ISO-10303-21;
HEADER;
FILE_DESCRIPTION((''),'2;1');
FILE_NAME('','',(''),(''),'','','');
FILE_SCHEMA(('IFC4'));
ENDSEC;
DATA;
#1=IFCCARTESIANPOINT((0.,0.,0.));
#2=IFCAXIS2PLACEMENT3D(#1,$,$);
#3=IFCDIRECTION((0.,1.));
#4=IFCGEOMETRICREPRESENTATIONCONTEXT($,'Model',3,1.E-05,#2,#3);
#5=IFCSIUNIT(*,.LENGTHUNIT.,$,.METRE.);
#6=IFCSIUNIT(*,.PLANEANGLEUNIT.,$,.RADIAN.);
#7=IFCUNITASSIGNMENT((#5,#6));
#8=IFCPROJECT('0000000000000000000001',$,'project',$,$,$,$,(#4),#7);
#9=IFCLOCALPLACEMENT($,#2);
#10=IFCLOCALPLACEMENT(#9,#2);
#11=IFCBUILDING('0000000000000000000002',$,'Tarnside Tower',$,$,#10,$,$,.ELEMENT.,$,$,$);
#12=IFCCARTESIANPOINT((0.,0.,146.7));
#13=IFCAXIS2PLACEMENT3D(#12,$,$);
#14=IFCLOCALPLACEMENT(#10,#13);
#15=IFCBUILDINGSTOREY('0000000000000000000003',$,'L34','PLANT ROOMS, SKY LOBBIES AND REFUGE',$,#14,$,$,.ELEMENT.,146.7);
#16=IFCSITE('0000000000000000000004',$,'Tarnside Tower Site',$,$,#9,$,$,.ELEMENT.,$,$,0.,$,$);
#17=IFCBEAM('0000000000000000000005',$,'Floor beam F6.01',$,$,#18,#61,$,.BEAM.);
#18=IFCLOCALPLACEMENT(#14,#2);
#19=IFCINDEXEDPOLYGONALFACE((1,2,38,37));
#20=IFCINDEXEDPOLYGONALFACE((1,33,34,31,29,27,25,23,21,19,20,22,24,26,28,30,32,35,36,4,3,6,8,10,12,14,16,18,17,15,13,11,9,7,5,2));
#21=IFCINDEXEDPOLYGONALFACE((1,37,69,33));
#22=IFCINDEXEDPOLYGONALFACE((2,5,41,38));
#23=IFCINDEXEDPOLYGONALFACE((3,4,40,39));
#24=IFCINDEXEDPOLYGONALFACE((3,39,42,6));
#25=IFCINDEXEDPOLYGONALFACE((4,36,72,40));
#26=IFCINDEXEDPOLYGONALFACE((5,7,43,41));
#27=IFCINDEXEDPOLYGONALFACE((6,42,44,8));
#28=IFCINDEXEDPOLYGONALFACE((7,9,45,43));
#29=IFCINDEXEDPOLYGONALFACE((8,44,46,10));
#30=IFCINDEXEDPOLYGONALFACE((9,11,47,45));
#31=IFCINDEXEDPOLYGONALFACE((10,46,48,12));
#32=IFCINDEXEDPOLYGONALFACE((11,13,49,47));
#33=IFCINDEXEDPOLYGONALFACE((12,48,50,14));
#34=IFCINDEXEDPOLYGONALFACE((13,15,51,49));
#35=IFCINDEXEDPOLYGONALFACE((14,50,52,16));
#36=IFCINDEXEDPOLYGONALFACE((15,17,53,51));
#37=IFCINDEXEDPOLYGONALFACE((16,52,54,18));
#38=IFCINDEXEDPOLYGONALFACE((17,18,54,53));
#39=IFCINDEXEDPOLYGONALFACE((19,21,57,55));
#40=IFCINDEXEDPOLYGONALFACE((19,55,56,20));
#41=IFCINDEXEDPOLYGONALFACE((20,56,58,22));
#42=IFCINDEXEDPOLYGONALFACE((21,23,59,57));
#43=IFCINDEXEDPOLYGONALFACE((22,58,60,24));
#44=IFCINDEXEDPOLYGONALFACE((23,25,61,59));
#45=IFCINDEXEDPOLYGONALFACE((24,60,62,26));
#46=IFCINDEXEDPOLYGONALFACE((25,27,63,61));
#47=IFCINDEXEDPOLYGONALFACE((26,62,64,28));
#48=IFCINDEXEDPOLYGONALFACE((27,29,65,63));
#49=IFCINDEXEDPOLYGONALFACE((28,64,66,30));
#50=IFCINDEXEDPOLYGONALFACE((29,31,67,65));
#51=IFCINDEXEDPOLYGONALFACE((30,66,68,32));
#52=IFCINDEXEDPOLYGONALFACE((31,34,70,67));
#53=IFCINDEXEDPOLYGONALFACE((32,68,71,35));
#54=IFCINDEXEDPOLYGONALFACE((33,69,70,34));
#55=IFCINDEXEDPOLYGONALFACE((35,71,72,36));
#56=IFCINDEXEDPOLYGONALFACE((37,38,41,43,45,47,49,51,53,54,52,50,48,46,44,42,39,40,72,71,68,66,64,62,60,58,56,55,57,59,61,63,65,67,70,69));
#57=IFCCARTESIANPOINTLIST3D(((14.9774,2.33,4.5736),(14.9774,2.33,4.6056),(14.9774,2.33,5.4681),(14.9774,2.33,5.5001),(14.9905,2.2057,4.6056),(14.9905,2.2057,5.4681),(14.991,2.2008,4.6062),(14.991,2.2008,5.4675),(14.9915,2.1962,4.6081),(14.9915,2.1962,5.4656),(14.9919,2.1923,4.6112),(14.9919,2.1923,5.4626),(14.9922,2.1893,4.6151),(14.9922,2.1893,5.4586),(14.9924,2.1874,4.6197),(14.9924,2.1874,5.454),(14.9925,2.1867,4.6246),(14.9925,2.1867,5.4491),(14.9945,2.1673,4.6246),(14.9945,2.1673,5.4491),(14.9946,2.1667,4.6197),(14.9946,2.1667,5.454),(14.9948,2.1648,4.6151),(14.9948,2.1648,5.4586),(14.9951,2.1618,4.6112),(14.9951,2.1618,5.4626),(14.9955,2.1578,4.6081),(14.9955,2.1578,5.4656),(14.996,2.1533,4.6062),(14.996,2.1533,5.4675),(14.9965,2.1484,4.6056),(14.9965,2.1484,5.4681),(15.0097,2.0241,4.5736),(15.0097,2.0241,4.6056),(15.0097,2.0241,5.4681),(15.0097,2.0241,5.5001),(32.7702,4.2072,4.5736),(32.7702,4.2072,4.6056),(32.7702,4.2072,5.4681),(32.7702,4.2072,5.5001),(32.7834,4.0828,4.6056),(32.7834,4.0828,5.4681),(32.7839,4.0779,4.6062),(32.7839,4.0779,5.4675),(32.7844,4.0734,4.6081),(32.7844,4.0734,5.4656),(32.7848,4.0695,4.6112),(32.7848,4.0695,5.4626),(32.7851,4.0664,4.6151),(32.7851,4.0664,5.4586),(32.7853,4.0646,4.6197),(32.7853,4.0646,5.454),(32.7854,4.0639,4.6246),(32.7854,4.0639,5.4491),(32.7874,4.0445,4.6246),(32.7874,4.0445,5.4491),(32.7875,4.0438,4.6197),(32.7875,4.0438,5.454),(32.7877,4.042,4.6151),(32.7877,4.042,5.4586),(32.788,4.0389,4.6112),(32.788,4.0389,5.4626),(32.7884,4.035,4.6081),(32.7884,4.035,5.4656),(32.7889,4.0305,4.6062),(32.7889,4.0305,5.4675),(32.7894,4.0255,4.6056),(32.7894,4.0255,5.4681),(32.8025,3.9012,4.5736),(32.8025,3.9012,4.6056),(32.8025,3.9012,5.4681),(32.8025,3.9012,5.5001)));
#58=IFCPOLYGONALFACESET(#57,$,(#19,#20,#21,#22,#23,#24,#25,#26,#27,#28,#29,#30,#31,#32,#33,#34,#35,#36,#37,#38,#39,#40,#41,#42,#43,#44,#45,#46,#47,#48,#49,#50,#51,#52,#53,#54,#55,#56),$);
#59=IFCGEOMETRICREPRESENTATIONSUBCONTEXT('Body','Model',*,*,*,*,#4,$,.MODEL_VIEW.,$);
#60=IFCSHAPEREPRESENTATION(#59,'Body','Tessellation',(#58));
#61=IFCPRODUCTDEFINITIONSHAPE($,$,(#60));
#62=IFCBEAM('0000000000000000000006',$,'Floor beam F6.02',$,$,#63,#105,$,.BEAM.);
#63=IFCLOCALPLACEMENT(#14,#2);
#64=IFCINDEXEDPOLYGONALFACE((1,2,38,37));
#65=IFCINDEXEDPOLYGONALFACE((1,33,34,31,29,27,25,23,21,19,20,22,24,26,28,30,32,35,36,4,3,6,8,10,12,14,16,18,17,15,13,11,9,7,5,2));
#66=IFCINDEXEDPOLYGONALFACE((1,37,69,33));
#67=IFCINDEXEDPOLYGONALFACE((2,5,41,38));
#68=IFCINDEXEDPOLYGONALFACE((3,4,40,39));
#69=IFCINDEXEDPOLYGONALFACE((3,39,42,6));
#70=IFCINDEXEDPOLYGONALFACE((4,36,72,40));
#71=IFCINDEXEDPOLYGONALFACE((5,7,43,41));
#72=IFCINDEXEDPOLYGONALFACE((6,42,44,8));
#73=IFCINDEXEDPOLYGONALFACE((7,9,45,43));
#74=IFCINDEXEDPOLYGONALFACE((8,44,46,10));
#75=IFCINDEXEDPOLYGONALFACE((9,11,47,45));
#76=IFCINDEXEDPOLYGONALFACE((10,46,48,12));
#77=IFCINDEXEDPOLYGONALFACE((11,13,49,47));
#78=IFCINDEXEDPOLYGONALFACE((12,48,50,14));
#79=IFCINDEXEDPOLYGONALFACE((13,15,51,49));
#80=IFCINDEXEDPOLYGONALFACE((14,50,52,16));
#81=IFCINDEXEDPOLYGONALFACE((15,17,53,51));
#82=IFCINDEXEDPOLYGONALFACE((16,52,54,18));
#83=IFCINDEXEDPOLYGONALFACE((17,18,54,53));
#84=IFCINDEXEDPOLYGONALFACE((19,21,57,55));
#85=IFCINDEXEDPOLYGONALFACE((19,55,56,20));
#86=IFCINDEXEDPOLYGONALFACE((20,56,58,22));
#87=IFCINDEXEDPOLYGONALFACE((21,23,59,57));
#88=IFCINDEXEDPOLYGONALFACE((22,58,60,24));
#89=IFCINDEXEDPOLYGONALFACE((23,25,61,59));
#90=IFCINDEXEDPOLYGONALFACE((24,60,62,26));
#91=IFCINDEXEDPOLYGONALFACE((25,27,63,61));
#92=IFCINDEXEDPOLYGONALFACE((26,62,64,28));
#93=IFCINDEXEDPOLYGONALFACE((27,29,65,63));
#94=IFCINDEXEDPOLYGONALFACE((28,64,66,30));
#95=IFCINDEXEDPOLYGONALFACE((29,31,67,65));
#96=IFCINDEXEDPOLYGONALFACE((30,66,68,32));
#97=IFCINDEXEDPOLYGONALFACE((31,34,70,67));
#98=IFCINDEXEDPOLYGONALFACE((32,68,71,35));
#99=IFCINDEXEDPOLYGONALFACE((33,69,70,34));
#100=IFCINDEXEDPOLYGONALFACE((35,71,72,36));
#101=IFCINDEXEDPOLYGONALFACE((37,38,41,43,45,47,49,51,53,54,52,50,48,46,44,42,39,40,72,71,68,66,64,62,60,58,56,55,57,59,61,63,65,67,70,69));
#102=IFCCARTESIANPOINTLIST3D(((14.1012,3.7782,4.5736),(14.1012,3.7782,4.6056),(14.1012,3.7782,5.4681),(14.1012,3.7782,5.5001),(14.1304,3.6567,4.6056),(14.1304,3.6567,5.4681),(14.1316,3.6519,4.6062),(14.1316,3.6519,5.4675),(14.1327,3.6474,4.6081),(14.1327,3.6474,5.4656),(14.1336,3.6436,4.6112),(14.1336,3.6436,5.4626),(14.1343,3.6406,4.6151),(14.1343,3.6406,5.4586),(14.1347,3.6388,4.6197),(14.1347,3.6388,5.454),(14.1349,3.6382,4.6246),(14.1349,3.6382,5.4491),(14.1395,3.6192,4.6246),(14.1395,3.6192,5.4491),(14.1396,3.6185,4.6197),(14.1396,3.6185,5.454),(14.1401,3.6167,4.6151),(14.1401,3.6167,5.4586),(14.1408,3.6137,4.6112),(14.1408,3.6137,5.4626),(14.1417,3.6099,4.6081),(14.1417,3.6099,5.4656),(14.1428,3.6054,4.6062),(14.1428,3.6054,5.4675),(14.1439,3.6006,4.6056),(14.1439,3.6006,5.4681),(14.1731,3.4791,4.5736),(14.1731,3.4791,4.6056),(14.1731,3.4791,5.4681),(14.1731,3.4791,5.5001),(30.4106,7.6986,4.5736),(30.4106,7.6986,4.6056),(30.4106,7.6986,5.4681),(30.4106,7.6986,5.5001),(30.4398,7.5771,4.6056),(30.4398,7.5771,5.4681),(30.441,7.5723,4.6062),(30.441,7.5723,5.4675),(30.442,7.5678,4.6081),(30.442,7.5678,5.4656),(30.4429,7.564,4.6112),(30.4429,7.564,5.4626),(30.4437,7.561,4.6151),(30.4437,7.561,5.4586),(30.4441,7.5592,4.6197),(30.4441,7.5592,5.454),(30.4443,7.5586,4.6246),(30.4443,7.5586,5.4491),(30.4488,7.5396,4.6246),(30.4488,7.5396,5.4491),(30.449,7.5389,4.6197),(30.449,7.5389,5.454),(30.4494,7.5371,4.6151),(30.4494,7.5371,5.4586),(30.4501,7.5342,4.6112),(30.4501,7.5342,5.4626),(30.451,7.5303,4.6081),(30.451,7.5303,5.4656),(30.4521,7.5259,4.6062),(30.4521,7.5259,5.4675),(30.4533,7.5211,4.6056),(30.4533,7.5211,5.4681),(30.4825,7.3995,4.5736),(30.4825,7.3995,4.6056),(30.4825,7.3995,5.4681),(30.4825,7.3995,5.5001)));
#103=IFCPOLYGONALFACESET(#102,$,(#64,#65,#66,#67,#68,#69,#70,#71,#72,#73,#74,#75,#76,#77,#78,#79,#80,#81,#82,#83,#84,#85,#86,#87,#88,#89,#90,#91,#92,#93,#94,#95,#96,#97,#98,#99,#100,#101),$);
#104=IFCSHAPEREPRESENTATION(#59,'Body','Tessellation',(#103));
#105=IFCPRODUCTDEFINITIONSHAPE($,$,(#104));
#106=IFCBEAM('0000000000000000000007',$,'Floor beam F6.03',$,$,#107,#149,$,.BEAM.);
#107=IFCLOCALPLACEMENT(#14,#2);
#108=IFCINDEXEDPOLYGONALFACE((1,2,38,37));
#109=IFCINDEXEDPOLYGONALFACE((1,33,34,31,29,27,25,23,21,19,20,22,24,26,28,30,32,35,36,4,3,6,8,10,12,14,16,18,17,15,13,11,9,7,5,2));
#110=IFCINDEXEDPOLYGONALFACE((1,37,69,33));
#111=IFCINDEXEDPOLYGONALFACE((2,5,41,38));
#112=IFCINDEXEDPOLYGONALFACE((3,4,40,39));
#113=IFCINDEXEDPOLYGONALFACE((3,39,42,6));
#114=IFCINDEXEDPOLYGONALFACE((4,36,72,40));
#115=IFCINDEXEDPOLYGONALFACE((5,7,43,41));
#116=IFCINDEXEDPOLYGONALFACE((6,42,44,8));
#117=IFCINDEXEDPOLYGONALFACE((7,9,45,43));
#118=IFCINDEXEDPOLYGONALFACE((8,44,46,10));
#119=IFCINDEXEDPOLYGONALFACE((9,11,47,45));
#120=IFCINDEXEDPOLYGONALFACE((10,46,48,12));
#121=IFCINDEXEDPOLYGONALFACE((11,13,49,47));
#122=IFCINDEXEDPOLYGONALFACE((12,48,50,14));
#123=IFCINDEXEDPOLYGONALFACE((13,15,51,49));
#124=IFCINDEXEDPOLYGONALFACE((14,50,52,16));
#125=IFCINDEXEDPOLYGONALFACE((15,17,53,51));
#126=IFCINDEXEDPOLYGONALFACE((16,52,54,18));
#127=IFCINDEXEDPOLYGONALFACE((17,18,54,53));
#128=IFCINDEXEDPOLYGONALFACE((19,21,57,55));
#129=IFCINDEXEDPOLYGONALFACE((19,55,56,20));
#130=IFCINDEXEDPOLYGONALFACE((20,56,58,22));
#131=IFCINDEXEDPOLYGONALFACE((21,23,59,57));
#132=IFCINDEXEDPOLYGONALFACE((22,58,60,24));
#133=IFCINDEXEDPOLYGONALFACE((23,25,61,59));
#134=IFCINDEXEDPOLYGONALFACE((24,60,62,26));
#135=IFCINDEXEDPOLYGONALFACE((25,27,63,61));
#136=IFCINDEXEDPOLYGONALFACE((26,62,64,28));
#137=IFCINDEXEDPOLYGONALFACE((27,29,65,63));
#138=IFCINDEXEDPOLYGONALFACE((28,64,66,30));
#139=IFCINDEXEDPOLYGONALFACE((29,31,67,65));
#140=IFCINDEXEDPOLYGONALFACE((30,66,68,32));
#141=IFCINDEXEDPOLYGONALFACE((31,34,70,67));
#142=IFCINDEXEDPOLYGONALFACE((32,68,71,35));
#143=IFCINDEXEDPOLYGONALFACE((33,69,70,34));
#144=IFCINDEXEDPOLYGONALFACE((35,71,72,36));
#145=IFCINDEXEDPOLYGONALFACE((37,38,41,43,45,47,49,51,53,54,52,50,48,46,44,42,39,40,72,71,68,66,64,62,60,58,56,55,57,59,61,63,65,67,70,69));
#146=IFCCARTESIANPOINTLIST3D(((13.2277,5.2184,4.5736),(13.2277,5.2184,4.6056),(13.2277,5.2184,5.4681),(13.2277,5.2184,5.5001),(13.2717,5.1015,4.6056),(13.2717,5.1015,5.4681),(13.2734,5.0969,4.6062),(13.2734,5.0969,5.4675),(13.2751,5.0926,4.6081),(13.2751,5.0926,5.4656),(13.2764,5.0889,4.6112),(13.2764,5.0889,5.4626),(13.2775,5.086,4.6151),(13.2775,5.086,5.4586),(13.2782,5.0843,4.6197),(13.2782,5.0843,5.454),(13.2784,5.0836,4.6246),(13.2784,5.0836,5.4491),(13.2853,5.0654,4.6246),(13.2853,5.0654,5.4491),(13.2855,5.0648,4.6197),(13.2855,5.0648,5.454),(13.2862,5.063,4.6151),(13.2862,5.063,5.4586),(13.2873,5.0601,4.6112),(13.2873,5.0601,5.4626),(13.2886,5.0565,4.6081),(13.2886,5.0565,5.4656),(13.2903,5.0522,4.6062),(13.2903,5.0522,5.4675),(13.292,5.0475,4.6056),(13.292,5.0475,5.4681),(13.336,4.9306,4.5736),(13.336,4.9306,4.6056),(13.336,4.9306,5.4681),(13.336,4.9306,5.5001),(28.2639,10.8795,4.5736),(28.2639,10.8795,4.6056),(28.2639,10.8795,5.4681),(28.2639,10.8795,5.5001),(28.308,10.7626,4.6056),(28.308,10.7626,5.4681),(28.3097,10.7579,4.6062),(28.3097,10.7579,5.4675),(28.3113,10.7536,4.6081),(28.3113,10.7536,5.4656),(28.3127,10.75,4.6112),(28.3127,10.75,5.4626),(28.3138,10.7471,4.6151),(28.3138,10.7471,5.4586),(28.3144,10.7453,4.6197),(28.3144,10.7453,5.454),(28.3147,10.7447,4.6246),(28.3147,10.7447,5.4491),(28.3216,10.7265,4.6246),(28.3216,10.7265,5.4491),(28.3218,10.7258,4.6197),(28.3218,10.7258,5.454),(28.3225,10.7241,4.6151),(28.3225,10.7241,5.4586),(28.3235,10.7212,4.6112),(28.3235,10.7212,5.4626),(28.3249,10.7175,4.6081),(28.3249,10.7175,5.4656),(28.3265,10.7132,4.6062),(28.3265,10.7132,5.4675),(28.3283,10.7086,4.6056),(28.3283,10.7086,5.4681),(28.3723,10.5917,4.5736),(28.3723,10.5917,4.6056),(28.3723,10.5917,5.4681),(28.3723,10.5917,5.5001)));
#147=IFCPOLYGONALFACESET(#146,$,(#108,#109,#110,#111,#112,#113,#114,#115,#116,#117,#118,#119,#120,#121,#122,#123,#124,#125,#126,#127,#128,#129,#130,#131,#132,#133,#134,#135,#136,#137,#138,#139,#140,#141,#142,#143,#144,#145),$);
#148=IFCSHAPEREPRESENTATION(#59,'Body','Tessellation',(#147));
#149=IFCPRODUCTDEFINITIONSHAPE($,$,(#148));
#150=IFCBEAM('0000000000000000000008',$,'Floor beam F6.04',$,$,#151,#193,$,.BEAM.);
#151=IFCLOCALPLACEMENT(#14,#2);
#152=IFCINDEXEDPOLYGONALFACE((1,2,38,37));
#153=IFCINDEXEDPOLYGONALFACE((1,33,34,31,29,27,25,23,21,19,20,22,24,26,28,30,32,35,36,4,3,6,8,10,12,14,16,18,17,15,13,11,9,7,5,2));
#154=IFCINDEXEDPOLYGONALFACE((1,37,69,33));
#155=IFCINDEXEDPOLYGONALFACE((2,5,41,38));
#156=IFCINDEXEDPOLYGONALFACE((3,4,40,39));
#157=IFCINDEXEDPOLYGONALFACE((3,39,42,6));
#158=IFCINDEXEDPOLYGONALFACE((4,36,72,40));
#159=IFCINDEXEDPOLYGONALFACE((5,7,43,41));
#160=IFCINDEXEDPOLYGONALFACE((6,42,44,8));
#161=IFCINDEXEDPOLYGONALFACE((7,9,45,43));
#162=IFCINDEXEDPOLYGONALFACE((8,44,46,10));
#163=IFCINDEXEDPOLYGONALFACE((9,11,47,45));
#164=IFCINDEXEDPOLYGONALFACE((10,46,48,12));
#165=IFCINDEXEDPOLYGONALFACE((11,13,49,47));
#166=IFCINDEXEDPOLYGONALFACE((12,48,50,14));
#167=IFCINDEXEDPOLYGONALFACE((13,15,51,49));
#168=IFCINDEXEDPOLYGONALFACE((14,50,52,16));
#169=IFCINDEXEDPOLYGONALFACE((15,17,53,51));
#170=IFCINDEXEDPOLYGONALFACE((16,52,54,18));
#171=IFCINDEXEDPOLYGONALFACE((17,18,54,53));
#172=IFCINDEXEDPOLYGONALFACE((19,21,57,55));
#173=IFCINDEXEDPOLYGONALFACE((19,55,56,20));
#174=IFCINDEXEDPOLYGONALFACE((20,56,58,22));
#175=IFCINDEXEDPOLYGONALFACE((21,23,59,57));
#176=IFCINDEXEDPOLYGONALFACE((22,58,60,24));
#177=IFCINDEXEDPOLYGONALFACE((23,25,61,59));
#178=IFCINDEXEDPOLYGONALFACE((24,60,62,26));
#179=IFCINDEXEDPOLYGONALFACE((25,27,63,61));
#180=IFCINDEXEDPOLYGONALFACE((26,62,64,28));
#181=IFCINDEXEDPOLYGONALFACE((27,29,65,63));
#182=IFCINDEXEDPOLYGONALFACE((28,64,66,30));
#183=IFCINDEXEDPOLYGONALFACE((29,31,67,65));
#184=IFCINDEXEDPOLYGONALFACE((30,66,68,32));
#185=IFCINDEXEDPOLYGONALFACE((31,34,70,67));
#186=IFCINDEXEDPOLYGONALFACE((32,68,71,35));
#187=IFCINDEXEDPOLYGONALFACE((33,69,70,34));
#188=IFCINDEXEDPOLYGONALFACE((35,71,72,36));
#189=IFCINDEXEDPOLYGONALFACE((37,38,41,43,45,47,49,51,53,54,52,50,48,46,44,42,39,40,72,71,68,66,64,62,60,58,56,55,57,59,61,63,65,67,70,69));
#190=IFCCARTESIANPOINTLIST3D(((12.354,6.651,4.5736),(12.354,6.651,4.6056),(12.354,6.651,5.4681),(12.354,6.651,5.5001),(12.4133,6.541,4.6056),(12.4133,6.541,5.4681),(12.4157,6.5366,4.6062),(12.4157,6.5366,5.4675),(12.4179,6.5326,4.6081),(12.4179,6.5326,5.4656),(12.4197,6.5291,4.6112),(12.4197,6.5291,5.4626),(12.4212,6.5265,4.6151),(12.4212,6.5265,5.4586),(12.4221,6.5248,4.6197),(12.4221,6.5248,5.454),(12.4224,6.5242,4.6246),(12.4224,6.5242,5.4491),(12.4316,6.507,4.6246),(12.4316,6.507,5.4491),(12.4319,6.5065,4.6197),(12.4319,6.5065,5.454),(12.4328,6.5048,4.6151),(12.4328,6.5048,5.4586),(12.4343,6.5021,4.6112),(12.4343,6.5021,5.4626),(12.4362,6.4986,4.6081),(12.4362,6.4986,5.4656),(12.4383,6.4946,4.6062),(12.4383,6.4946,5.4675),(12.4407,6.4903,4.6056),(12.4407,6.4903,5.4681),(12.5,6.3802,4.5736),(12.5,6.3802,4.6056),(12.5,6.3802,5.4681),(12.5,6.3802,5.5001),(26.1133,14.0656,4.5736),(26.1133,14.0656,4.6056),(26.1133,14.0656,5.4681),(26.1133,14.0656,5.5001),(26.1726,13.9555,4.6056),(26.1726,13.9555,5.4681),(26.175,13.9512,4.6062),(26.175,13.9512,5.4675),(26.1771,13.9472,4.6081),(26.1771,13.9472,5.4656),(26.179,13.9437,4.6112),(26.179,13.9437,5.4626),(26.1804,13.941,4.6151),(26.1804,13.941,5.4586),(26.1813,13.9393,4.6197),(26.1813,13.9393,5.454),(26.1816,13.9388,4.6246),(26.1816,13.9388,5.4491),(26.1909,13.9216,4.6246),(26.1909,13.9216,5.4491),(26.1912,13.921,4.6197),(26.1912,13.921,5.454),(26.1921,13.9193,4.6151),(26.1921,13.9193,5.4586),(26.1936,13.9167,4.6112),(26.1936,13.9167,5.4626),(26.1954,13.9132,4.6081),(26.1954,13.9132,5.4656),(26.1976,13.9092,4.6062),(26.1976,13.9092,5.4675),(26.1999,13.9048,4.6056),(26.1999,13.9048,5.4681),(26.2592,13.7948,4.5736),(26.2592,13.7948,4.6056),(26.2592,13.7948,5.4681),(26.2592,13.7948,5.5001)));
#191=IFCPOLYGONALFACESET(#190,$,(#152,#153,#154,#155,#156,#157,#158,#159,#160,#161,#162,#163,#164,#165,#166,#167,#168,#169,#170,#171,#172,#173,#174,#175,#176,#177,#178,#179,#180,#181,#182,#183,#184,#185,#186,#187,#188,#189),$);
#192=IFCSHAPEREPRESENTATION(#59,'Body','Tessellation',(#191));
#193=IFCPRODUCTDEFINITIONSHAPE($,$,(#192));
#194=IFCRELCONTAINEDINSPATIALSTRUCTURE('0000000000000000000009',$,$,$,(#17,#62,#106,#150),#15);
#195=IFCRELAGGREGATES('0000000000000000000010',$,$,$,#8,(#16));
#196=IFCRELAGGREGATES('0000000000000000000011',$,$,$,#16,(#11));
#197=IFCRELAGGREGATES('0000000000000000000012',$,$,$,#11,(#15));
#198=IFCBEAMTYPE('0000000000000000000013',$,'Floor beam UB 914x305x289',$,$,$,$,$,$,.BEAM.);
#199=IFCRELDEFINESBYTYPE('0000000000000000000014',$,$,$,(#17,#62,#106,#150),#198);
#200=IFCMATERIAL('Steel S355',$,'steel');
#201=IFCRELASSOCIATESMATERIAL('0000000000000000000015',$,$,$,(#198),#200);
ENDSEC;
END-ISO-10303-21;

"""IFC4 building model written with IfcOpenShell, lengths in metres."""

from ifc_helpers import new_model, si_unit, direction, frame, origin, origin_2d, place, context, subcontext, project, spatial, i_section, extrude, material, material_profile, profile_set, type_object, element, save


model = new_model("IFC4")

# Units and contexts
model_context = context("Model", 3, precision=1e-05, world=origin(), true_north=direction((0.0, 1.0)))
body_context = subcontext(model_context, "Body", "Model", "MODEL_VIEW")
ifc_project = project(units=[si_unit("LENGTHUNIT", "METRE"), si_unit("PLANEANGLEUNIT", "RADIAN")], contexts=[model_context])

# Site, building, storey
site_placement = place(None, origin())
site = spatial("IfcSite", under=ifc_project, at=site_placement, Name="Tarnside Tower Site", CompositionType="ELEMENT", RefElevation=0.0)
building_placement = place(site_placement, origin())
building = spatial("IfcBuilding", under=site, at=building_placement, Name="Tarnside Tower", CompositionType="ELEMENT")
storey_placement = place(building_placement, frame((0.0, 0.0, 146.7)))
storey = spatial("IfcBuildingStorey", under=building, at=storey_placement, Name="L34", Description="PLANT ROOMS, SKY LOBBIES AND REFUGE", CompositionType="ELEMENT", Elevation=146.7)

# Beams
ifc_material_1 = material(Name="Steel S355", Category="steel")
ifc_material_profile_1 = material_profile(ifc_material_1, i_section(OverallWidth=0.3076, OverallDepth=0.9265, WebThickness=0.0195, FlangeThickness=0.032, FilletRadius=0.019, at=origin_2d()), Name="UB 914x305x289")
ifc_profile_set_1 = profile_set([ifc_material_profile_1], Name="Steel S355")
beam_type = type_object("IfcBeamType", Name="Floor beam UB 914x305x289", PredefinedType="BEAM", material=ifc_profile_set_1)
beam_1_placement = place(storey_placement, frame((32.7864, 4.0542, 5.0369), z_axis=(-0.994481, -0.10492, 0.0), x_axis=(0.10492, -0.994481, 0.0)))
element("IfcBeam", 1, at=beam_1_placement, inside=storey, type_object=beam_type, Name="Floor beam F6.01", PredefinedType="BEAM", context=body_context, shape_type="SweptSolid", body=[
    extrude(i_section(OverallWidth=0.3076, OverallDepth=0.9265, WebThickness=0.0195, FlangeThickness=0.032, FilletRadius=0.019, at=origin_2d()), origin(), (0.0, 0.0, 1.0), 17.8916),
])
beam_2_placement = place(storey_placement, frame((30.4465, 7.5491, 5.0369), z_axis=(-0.972304, -0.233721, 0.0), x_axis=(0.233721, -0.972304, 0.0)))
element("IfcBeam", 2, at=beam_2_placement, inside=storey, type_object=beam_type, Name="Floor beam F6.02", PredefinedType="BEAM", context=body_context, shape_type="SweptSolid", body=[
    extrude(i_section(OverallWidth=0.3076, OverallDepth=0.9265, WebThickness=0.0195, FlangeThickness=0.032, FilletRadius=0.019, at=origin_2d()), origin(), (0.0, 0.0, 1.0), 16.7739),
])
beam_3_placement = place(storey_placement, frame((28.3181, 10.7356, 5.0369), z_axis=(-0.935868, -0.35235, 0.0), x_axis=(0.35235, -0.935868, 0.0)))
element("IfcBeam", 3, at=beam_3_placement, inside=storey, type_object=beam_type, Name="Floor beam F6.03", PredefinedType="BEAM", context=body_context, shape_type="SweptSolid", body=[
    extrude(i_section(OverallWidth=0.3076, OverallDepth=0.9265, WebThickness=0.0195, FlangeThickness=0.032, FilletRadius=0.019, at=origin_2d()), origin(), (0.0, 0.0, 1.0), 16.0667),
])
beam_4_placement = place(storey_placement, frame((26.1863, 13.9302, 5.0369), z_axis=(-0.880319, -0.474383, 0.0), x_axis=(0.474383, -0.880319, 0.0)))
element("IfcBeam", 4, at=beam_4_placement, inside=storey, type_object=beam_type, Name="Floor beam F6.04", PredefinedType="BEAM", context=body_context, shape_type="SweptSolid", body=[
    extrude(i_section(OverallWidth=0.3076, OverallDepth=0.9265, WebThickness=0.0195, FlangeThickness=0.032, FilletRadius=0.019, at=origin_2d()), origin(), (0.0, 0.0, 1.0), 15.6299),
])

save(model, "model.ifc")
